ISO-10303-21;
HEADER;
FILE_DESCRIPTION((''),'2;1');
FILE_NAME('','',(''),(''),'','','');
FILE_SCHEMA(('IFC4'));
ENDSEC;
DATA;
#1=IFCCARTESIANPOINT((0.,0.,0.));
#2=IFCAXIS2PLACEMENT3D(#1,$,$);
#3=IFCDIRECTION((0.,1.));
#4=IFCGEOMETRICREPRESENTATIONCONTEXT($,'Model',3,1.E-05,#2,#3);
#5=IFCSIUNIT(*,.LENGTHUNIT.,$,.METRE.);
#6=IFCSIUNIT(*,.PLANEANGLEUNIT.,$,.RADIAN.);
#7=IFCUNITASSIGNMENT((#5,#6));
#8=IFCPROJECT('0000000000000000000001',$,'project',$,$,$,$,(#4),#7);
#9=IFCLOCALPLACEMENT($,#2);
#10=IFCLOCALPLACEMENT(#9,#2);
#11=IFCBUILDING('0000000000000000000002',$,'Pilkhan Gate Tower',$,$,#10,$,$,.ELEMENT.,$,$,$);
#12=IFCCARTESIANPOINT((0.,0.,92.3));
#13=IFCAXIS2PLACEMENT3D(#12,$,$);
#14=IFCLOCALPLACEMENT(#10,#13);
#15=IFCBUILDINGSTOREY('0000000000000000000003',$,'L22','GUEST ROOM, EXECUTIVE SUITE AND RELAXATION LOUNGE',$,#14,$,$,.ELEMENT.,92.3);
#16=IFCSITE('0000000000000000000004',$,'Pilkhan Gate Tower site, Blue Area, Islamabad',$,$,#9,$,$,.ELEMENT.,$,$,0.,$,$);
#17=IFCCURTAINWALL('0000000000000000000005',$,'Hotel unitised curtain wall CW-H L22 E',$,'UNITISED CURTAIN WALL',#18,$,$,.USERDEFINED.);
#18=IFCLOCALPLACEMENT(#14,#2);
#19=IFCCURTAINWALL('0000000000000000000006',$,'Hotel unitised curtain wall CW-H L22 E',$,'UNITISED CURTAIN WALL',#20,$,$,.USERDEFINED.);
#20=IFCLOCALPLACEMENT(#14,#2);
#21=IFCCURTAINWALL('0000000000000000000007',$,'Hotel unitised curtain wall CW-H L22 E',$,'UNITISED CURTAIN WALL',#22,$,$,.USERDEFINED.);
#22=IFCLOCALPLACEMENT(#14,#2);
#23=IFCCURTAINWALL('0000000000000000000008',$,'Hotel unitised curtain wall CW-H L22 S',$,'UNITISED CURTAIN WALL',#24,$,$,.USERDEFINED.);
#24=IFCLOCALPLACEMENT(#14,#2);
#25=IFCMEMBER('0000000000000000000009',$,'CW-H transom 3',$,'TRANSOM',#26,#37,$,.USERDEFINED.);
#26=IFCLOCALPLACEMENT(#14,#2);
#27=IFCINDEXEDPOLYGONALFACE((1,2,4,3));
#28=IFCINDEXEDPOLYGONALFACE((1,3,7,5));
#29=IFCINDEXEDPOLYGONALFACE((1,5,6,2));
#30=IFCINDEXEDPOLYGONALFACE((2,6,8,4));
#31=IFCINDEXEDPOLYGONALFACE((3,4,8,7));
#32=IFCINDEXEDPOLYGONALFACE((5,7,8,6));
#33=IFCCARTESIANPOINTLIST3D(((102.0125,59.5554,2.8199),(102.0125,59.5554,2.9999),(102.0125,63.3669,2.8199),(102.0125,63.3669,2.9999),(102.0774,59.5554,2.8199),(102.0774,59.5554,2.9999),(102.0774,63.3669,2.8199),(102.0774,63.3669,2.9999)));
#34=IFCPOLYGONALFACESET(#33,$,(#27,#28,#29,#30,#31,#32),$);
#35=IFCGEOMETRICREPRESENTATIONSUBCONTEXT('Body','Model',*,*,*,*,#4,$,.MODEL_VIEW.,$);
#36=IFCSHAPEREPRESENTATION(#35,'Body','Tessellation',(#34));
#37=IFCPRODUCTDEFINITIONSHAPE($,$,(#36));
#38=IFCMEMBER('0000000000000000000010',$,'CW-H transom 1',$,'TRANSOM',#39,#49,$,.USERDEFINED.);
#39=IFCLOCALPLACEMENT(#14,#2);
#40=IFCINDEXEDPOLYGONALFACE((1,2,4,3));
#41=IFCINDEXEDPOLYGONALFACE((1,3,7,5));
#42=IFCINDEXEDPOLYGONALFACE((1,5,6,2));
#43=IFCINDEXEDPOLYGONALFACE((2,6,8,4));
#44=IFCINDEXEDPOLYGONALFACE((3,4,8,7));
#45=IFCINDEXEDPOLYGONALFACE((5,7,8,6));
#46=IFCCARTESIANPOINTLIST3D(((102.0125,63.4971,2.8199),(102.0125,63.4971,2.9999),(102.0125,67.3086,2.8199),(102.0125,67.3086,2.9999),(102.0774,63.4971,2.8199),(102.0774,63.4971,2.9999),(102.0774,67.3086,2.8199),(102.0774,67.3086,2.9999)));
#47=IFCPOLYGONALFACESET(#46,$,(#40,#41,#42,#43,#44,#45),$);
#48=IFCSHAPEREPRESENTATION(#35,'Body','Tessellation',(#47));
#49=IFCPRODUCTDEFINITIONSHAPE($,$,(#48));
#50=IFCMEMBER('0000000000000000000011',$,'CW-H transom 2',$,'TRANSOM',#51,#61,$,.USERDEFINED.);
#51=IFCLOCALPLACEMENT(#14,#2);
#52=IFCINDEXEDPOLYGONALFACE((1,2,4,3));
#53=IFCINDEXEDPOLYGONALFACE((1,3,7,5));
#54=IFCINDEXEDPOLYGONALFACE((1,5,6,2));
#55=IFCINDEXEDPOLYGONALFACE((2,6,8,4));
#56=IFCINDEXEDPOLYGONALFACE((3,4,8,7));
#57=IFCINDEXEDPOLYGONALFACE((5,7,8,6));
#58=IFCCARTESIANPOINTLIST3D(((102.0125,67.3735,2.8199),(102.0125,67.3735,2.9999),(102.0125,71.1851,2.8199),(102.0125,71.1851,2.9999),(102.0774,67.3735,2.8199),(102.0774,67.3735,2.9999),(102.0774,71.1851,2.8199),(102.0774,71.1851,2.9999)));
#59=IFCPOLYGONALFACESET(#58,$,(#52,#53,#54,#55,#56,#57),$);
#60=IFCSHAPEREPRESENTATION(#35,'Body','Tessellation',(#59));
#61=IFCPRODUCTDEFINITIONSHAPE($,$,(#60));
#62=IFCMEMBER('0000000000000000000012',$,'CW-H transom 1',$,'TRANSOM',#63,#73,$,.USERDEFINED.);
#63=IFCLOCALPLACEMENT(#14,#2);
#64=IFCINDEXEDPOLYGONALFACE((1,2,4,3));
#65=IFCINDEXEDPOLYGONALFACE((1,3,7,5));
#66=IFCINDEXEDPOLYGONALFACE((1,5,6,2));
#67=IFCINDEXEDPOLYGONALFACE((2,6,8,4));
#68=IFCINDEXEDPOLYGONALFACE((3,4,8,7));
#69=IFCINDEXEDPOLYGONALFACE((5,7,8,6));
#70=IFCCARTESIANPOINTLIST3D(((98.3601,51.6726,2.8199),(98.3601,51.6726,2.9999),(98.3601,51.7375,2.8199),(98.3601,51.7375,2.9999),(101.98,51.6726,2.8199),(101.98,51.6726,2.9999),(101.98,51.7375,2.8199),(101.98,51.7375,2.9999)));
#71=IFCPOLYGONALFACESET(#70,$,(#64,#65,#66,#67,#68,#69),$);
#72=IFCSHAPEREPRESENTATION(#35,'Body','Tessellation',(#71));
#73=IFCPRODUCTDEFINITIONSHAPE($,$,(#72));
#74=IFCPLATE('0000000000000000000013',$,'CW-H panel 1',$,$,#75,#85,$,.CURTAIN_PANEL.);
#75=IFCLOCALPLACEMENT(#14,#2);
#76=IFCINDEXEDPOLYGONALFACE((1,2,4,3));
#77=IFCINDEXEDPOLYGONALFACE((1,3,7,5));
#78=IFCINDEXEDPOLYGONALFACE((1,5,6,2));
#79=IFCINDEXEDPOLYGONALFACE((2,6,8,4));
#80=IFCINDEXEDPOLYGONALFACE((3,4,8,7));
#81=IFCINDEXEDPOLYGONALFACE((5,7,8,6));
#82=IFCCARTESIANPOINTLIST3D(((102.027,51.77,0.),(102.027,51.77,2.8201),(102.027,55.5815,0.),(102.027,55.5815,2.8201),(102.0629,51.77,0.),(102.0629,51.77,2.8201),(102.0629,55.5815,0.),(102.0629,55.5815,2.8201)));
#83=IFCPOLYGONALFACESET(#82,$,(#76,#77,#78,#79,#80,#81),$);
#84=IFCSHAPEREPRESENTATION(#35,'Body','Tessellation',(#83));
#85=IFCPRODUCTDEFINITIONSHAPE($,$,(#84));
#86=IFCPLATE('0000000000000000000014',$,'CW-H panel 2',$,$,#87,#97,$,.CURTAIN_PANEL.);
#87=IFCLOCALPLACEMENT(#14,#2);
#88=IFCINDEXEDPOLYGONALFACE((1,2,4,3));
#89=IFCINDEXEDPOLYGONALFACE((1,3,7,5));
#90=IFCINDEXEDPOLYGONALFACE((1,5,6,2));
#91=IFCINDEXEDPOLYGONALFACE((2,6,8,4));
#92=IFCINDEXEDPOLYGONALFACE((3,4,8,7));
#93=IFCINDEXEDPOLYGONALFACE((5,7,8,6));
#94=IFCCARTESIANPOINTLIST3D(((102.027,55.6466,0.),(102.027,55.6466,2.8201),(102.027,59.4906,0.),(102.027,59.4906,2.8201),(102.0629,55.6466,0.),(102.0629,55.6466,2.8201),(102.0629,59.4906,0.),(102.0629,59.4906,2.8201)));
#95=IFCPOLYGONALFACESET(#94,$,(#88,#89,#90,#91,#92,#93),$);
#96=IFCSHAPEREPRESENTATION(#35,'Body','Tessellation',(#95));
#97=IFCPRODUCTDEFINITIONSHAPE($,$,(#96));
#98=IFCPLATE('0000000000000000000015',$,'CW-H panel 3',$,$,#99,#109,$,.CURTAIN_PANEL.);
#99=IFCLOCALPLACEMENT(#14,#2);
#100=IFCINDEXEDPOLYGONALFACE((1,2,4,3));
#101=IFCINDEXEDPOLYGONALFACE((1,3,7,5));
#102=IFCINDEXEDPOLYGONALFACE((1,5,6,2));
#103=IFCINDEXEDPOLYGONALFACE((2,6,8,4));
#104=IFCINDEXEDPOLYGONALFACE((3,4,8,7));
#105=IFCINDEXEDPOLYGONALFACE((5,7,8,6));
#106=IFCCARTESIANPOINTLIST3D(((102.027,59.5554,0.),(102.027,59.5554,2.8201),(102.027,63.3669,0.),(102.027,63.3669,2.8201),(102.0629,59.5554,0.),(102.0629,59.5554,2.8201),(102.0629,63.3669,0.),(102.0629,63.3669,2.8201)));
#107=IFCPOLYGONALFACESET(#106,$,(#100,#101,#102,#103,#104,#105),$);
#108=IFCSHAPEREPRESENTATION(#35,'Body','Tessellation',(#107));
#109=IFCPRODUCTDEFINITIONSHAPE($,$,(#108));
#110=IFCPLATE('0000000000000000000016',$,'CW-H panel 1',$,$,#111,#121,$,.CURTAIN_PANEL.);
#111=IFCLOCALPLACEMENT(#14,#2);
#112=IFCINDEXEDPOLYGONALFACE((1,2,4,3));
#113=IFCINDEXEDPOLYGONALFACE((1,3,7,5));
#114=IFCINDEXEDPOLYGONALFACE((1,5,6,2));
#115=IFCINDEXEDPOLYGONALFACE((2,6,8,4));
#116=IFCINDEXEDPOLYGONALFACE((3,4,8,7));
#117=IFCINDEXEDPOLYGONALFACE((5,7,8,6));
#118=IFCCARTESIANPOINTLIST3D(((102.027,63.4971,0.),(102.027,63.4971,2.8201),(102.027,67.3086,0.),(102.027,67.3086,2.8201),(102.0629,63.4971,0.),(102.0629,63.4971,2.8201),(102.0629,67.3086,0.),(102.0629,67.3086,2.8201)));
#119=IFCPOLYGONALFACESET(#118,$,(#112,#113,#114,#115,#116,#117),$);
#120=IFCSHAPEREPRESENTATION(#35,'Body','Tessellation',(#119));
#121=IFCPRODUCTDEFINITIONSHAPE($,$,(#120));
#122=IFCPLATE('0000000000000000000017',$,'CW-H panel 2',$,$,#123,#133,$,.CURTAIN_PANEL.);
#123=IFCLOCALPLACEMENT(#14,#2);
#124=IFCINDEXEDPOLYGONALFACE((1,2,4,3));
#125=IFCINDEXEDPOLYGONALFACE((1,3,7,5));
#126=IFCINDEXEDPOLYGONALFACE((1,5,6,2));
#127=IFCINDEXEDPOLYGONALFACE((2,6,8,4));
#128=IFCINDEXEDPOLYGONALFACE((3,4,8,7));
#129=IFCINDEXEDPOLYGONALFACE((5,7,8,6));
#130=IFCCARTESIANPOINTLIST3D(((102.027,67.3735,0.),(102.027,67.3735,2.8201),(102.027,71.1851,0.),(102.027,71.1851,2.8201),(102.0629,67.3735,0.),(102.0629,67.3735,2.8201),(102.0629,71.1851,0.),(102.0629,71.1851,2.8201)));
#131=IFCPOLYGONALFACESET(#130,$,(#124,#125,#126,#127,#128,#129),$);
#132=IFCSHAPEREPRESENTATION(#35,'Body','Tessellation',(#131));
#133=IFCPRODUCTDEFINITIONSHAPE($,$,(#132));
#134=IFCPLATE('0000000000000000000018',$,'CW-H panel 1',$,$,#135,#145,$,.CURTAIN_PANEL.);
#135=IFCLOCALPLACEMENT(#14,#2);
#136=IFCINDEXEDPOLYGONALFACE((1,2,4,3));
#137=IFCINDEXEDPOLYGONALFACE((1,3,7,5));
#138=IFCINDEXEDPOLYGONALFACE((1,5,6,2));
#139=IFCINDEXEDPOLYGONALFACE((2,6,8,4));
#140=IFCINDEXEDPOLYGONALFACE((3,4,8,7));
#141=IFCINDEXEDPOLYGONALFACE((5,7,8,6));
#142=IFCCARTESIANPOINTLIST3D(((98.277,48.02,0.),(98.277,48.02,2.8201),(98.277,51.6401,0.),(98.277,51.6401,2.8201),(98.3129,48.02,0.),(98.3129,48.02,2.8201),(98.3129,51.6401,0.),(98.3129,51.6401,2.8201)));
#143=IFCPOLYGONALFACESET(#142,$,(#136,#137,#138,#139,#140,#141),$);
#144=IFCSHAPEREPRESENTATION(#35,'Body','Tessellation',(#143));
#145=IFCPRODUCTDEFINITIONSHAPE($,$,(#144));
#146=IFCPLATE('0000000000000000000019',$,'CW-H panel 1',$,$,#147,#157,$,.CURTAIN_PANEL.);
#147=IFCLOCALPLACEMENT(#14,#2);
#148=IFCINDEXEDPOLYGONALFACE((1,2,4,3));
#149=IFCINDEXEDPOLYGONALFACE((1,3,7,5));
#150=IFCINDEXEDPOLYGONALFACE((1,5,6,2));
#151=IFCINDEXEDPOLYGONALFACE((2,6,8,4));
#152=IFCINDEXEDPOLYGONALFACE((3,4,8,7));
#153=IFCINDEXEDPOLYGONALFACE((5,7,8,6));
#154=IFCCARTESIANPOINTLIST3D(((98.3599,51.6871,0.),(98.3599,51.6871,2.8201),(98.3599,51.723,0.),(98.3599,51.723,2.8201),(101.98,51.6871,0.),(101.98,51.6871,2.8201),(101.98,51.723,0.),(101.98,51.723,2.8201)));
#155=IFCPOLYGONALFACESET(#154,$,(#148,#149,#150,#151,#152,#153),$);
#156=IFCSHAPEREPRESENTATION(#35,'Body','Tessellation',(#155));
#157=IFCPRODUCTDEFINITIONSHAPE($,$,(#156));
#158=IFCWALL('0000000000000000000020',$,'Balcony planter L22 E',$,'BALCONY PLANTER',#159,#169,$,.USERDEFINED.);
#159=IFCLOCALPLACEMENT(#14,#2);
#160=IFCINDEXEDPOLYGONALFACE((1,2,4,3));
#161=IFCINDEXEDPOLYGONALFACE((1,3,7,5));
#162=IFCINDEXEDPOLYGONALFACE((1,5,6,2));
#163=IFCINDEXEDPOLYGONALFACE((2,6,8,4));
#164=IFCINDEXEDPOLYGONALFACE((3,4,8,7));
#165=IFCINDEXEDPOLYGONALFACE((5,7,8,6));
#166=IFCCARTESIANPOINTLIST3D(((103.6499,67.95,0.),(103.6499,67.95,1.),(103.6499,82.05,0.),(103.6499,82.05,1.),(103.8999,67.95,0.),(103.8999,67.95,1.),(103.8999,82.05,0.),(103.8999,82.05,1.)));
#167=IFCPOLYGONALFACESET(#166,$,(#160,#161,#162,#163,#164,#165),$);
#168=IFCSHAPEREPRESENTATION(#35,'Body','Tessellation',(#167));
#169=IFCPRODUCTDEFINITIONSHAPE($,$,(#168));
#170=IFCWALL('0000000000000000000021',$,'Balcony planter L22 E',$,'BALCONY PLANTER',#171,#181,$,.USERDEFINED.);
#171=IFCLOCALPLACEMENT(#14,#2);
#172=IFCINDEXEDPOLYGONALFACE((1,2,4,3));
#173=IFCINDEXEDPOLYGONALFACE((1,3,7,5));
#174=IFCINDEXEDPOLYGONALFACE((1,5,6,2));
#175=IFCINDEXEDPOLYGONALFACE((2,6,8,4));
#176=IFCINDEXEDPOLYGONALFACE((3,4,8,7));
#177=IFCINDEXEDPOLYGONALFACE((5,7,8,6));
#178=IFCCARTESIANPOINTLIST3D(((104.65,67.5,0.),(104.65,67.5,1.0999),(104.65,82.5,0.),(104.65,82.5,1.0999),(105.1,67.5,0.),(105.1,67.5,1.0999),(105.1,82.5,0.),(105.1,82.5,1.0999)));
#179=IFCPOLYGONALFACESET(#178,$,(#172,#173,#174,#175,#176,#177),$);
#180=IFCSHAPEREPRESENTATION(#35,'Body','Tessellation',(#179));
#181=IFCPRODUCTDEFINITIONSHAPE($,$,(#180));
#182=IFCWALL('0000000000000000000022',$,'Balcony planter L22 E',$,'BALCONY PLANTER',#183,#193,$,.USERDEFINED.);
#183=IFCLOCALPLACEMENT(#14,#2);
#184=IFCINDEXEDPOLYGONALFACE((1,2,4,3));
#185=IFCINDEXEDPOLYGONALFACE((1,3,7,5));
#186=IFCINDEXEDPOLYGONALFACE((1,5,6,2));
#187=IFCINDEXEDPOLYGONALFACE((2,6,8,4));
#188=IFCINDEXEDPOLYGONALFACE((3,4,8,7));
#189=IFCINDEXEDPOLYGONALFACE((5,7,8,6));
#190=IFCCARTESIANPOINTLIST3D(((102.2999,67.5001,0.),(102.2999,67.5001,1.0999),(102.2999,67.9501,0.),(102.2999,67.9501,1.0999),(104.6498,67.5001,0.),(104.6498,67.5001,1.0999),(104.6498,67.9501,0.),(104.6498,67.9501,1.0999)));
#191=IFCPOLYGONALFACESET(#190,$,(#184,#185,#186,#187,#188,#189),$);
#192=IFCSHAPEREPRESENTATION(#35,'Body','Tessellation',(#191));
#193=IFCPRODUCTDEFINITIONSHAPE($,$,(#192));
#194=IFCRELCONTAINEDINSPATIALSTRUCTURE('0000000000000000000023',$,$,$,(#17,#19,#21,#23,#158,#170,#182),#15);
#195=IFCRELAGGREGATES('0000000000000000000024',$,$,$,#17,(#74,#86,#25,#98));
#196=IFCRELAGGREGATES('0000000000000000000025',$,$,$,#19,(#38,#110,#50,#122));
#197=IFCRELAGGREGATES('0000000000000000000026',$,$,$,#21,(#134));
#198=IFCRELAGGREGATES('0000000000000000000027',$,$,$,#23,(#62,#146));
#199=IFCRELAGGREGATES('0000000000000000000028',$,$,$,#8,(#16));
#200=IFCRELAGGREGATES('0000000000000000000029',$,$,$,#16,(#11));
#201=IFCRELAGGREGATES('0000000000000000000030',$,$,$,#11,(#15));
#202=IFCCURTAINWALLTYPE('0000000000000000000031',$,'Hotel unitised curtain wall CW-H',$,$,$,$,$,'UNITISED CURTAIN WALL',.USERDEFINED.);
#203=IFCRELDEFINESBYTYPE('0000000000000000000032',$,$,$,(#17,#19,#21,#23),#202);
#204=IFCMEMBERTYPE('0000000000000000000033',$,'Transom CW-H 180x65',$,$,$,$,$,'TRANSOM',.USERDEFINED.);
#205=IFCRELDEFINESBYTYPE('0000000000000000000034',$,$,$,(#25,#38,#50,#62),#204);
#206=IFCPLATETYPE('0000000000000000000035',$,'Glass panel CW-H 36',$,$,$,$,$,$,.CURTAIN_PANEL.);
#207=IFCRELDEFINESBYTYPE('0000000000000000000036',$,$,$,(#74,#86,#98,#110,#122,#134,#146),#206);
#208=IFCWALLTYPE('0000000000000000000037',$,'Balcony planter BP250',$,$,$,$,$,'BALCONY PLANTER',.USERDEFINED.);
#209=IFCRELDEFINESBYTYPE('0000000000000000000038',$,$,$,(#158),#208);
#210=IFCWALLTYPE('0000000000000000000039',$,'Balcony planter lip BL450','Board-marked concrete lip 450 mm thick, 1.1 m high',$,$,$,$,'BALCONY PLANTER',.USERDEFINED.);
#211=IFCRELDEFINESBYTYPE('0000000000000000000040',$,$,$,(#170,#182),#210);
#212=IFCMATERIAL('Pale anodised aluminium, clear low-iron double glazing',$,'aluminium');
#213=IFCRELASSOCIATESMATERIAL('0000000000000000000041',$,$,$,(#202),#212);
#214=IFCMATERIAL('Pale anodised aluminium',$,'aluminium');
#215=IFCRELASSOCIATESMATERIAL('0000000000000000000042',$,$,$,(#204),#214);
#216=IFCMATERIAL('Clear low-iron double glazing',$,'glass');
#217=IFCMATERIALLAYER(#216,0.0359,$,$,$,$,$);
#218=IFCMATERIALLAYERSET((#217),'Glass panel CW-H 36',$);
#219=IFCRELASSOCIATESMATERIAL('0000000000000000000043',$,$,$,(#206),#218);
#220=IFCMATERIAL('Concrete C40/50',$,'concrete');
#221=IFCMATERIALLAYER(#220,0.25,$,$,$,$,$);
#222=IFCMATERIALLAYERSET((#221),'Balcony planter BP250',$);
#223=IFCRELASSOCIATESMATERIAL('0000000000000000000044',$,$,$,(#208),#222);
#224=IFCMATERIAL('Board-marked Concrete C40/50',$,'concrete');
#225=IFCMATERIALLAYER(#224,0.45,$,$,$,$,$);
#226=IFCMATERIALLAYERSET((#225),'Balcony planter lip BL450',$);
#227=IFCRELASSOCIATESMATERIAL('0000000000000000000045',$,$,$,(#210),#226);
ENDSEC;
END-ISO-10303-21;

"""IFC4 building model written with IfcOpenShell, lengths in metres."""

from ifc_helpers import new_model, si_unit, direction, frame, frame_2d, origin, origin_2d, place, context, subcontext, project, spatial, rectangle, extrude, material, layer, layer_set, material_profile, profile_set, type_object, element, aggregate, save


model = new_model("IFC4")

# Units and contexts
model_context = context("Model", 3, precision=1e-05, world=origin(), true_north=direction((0.0, 1.0)))
body_context = subcontext(model_context, "Body", "Model", "MODEL_VIEW")
ifc_project = project(units=[si_unit("LENGTHUNIT", "METRE"), si_unit("PLANEANGLEUNIT", "RADIAN")], contexts=[model_context])

# Site, building, storey
site_placement = place(None, origin())
site = spatial("IfcSite", under=ifc_project, at=site_placement, Name="Pilkhan Gate Tower site, Blue Area, Islamabad", CompositionType="ELEMENT", RefElevation=0.0)
building_placement = place(site_placement, origin())
building = spatial("IfcBuilding", under=site, at=building_placement, Name="Pilkhan Gate Tower", CompositionType="ELEMENT")
storey_placement = place(building_placement, frame((0.0, 0.0, 92.3)))
storey = spatial("IfcBuildingStorey", under=building, at=storey_placement, Name="L22", Description="GUEST ROOM, EXECUTIVE SUITE AND RELAXATION LOUNGE", CompositionType="ELEMENT", Elevation=92.3)

# Curtain walls
ifc_material_1 = material(Name="Pale anodised aluminium, clear low-iron double glazing", Category="aluminium")
curtain_wall_type = type_object("IfcCurtainWallType", Name="Hotel unitised curtain wall CW-H", ElementType="UNITISED CURTAIN WALL", PredefinedType="USERDEFINED", material=ifc_material_1)
curtain_wall_1_placement = place(storey_placement, origin())
curtain_wall_1 = element("IfcCurtainWall", 1, at=curtain_wall_1_placement, inside=storey, type_object=curtain_wall_type, Name="Hotel unitised curtain wall CW-H L22 E", ObjectType="UNITISED CURTAIN WALL", PredefinedType="USERDEFINED")
ifc_material_2 = material(Name="Pale anodised aluminium", Category="aluminium")
curtain_wall_2_placement = place(storey_placement, origin())
curtain_wall_2 = element("IfcCurtainWall", 2, at=curtain_wall_2_placement, inside=storey, type_object=curtain_wall_type, Name="Hotel unitised curtain wall CW-H L22 E", ObjectType="UNITISED CURTAIN WALL", PredefinedType="USERDEFINED")

# Curtain wall
curtain_wall_3_placement = place(storey_placement, origin())
curtain_wall_3 = element("IfcCurtainWall", 3, at=curtain_wall_3_placement, inside=storey, type_object=curtain_wall_type, Name="Hotel unitised curtain wall CW-H L22 E", ObjectType="UNITISED CURTAIN WALL", PredefinedType="USERDEFINED")

# Curtain wall
curtain_wall_4_placement = place(storey_placement, origin())
curtain_wall_4 = element("IfcCurtainWall", 4, at=curtain_wall_4_placement, inside=storey, type_object=curtain_wall_type, Name="Hotel unitised curtain wall CW-H L22 S", ObjectType="UNITISED CURTAIN WALL", PredefinedType="USERDEFINED")

# Members
ifc_material_profile_1 = material_profile(ifc_material_2, rectangle(XDim=0.0649, YDim=0.1799, at=origin_2d()), Name="Transom 180x65")
ifc_profile_set_1 = profile_set([ifc_material_profile_1], Name="Pale anodised aluminium")
member_type_1 = type_object("IfcMemberType", Name="Transom CW-H 180x65", ElementType="TRANSOM", PredefinedType="USERDEFINED", material=ifc_profile_set_1)
member_1_placement = place(storey_placement, frame((102.0449, 59.5554, 2.9099), z_axis=(0.0, 1.0, 0.0), x_axis=(-1.0, 0.0, 0.0)))
member_1 = element("IfcMember", 5, at=member_1_placement, type_object=member_type_1, Name="CW-H transom 3", ObjectType="TRANSOM", PredefinedType="USERDEFINED", context=body_context, shape_type="SweptSolid", body=[
    extrude(rectangle(XDim=0.0649, YDim=0.1799, at=origin_2d()), origin(), (0.0, 0.0, 1.0), 3.8115),
])
member_2_placement = place(storey_placement, frame((102.0449, 63.4971, 2.9099), z_axis=(0.0, 1.0, 0.0), x_axis=(-1.0, 0.0, 0.0)))
member_2 = element("IfcMember", 6, at=member_2_placement, type_object=member_type_1, Name="CW-H transom 1", ObjectType="TRANSOM", PredefinedType="USERDEFINED", context=body_context, shape_type="SweptSolid", body=[
    extrude(rectangle(XDim=0.0649, YDim=0.1799, at=origin_2d()), origin(), (0.0, 0.0, 1.0), 3.8115),
])
member_3_placement = place(storey_placement, frame((102.0449, 67.3735, 2.9099), z_axis=(0.0, 1.0, 0.0), x_axis=(-1.0, 0.0, 0.0)))
member_3 = element("IfcMember", 7, at=member_3_placement, type_object=member_type_1, Name="CW-H transom 2", ObjectType="TRANSOM", PredefinedType="USERDEFINED", context=body_context, shape_type="SweptSolid", body=[
    extrude(rectangle(XDim=0.0649, YDim=0.1799, at=origin_2d()), origin(), (0.0, 0.0, 1.0), 3.8115),
])
member_4_placement = place(storey_placement, frame((98.3601, 51.7051, 2.9099), z_axis=(1.0, 0.0, 0.0), x_axis=(0.0, 1.0, 0.0)))
member_4 = element("IfcMember", 8, at=member_4_placement, type_object=member_type_1, Name="CW-H transom 1", ObjectType="TRANSOM", PredefinedType="USERDEFINED", context=body_context, shape_type="SweptSolid", body=[
    extrude(rectangle(XDim=0.0649, YDim=0.1799, at=origin_2d()), origin(), (0.0, 0.0, 1.0), 3.6199),
])

# Plates
ifc_material_3 = material(Name="Clear low-iron double glazing", Category="glass")
ifc_layer_1 = layer(ifc_material_3, 0.0359)
ifc_layer_set_1 = layer_set([ifc_layer_1], Name="Glass panel CW-H 36")
plate_type = type_object("IfcPlateType", Name="Glass panel CW-H 36", PredefinedType="CURTAIN_PANEL", material=ifc_layer_set_1)
plate_1_placement = place(storey_placement, frame((102.0449, 53.6758, 0.0), z_axis=(0.0, 0.0, 1.0), x_axis=(0.0, 1.0, 0.0)))
plate_1 = element("IfcPlate", 9, at=plate_1_placement, type_object=plate_type, Name="CW-H panel 1", PredefinedType="CURTAIN_PANEL", context=body_context, shape_type="SweptSolid", body=[
    extrude(rectangle(XDim=3.8115, YDim=0.0359, at=origin_2d()), origin(), (0.0, 0.0, 1.0), 2.8201),
])
plate_2_placement = place(storey_placement, frame((102.0449, 57.5686, 0.0), z_axis=(0.0, 0.0, 1.0), x_axis=(0.0, 1.0, 0.0)))
plate_2 = element("IfcPlate", 10, at=plate_2_placement, type_object=plate_type, Name="CW-H panel 2", PredefinedType="CURTAIN_PANEL", context=body_context, shape_type="SweptSolid", body=[
    extrude(rectangle(XDim=3.844, YDim=0.0359, at=origin_2d()), origin(), (0.0, 0.0, 1.0), 2.8201),
])
plate_3_placement = place(storey_placement, frame((102.0449, 61.4612, 0.0), z_axis=(0.0, 0.0, 1.0), x_axis=(0.0, 1.0, 0.0)))
plate_3 = element("IfcPlate", 11, at=plate_3_placement, type_object=plate_type, Name="CW-H panel 3", PredefinedType="CURTAIN_PANEL", context=body_context, shape_type="SweptSolid", body=[
    extrude(rectangle(XDim=3.8115, YDim=0.0359, at=origin_2d()), origin(), (0.0, 0.0, 1.0), 2.8201),
])
aggregate(curtain_wall_1, [plate_1, plate_2, member_1, plate_3])
plate_4_placement = place(storey_placement, frame((102.0449, 65.4028, 0.0), z_axis=(0.0, 0.0, 1.0), x_axis=(0.0, 1.0, 0.0)))
plate_4 = element("IfcPlate", 12, at=plate_4_placement, type_object=plate_type, Name="CW-H panel 1", PredefinedType="CURTAIN_PANEL", context=body_context, shape_type="SweptSolid", body=[
    extrude(rectangle(XDim=3.8115, YDim=0.0359, at=origin_2d()), origin(), (0.0, 0.0, 1.0), 2.8201),
])
plate_5_placement = place(storey_placement, frame((102.0449, 69.2793, 0.0), z_axis=(0.0, 0.0, 1.0), x_axis=(0.0, 1.0, 0.0)))
plate_5 = element("IfcPlate", 13, at=plate_5_placement, type_object=plate_type, Name="CW-H panel 2", PredefinedType="CURTAIN_PANEL", context=body_context, shape_type="SweptSolid", body=[
    extrude(rectangle(XDim=3.8115, YDim=0.0359, at=origin_2d()), origin(), (0.0, 0.0, 1.0), 2.8201),
])
aggregate(curtain_wall_2, [member_2, plate_4, member_3, plate_5])
plate_6_placement = place(storey_placement, frame((98.2949, 49.8301, 0.0), z_axis=(0.0, 0.0, 1.0), x_axis=(0.0, 1.0, 0.0)))
plate_6 = element("IfcPlate", 14, at=plate_6_placement, type_object=plate_type, Name="CW-H panel 1", PredefinedType="CURTAIN_PANEL", context=body_context, shape_type="SweptSolid", body=[
    extrude(rectangle(XDim=3.6201, YDim=0.0359, at=origin_2d()), origin(), (0.0, 0.0, 1.0), 2.8201),
])
aggregate(curtain_wall_3, [plate_6])
plate_7_placement = place(storey_placement, frame((100.1699, 51.7051, 0.0), z_axis=(0.0, 0.0, 1.0), x_axis=(1.0, 0.0, 0.0)))
plate_7 = element("IfcPlate", 15, at=plate_7_placement, type_object=plate_type, Name="CW-H panel 1", PredefinedType="CURTAIN_PANEL", context=body_context, shape_type="SweptSolid", body=[
    extrude(rectangle(XDim=3.6201, YDim=0.0359, at=origin_2d()), origin(), (0.0, 0.0, 1.0), 2.8201),
])
aggregate(curtain_wall_4, [member_4, plate_7])

# Walls
ifc_material_4 = material(Name="Concrete C40/50", Category="concrete")
ifc_layer_2 = layer(ifc_material_4, 0.25)
ifc_layer_set_2 = layer_set([ifc_layer_2], Name="Balcony planter BP250")
wall_type_1 = type_object("IfcWallType", Name="Balcony planter BP250", ElementType="BALCONY PLANTER", PredefinedType="USERDEFINED", material=ifc_layer_set_2)
wall_1_placement = place(storey_placement, frame((103.7749, 67.95, 0.0), z_axis=(0.0, 0.0, 1.0), x_axis=(0.0, 1.0, 0.0)))
element("IfcWall", 16, at=wall_1_placement, inside=storey, type_object=wall_type_1, Name="Balcony planter L22 E", ObjectType="BALCONY PLANTER", PredefinedType="USERDEFINED", context=body_context, shape_type="SweptSolid", body=[
    extrude(rectangle(XDim=14.1001, YDim=0.25, at=frame_2d((7.05, 0.0))), origin(), (0.0, 0.0, 1.0), 1.0),
])
ifc_material_5 = material(Name="Board-marked Concrete C40/50", Category="concrete")
ifc_layer_3 = layer(ifc_material_5, 0.45)
ifc_layer_set_3 = layer_set([ifc_layer_3], Name="Balcony planter lip BL450")
wall_type_2 = type_object("IfcWallType", Name="Balcony planter lip BL450", Description="Board-marked concrete lip 450 mm thick, 1.1 m high", ElementType="BALCONY PLANTER", PredefinedType="USERDEFINED", material=ifc_layer_set_3)
wall_2_placement = place(storey_placement, frame((104.875, 67.5, 0.0), z_axis=(0.0, 0.0, 1.0), x_axis=(0.0, 1.0, 0.0)))
element("IfcWall", 17, at=wall_2_placement, inside=storey, type_object=wall_type_2, Name="Balcony planter L22 E", ObjectType="BALCONY PLANTER", PredefinedType="USERDEFINED", context=body_context, shape_type="SweptSolid", body=[
    extrude(rectangle(XDim=15.0, YDim=0.45, at=frame_2d((7.5, 0.0))), origin(), (0.0, 0.0, 1.0), 1.0999),
])
wall_3_placement = place(storey_placement, frame((102.3, 67.7251, 0.0), z_axis=(0.0, 0.0, 1.0), x_axis=(1.0, 0.0, 0.0)))
element("IfcWall", 18, at=wall_3_placement, inside=storey, type_object=wall_type_2, Name="Balcony planter L22 E", ObjectType="BALCONY PLANTER", PredefinedType="USERDEFINED", context=body_context, shape_type="SweptSolid", body=[
    extrude(rectangle(XDim=2.3499, YDim=0.45, at=frame_2d((1.1748, 0.0))), origin(), (0.0, 0.0, 1.0), 1.0999),
])

save(model, "model.ifc")
